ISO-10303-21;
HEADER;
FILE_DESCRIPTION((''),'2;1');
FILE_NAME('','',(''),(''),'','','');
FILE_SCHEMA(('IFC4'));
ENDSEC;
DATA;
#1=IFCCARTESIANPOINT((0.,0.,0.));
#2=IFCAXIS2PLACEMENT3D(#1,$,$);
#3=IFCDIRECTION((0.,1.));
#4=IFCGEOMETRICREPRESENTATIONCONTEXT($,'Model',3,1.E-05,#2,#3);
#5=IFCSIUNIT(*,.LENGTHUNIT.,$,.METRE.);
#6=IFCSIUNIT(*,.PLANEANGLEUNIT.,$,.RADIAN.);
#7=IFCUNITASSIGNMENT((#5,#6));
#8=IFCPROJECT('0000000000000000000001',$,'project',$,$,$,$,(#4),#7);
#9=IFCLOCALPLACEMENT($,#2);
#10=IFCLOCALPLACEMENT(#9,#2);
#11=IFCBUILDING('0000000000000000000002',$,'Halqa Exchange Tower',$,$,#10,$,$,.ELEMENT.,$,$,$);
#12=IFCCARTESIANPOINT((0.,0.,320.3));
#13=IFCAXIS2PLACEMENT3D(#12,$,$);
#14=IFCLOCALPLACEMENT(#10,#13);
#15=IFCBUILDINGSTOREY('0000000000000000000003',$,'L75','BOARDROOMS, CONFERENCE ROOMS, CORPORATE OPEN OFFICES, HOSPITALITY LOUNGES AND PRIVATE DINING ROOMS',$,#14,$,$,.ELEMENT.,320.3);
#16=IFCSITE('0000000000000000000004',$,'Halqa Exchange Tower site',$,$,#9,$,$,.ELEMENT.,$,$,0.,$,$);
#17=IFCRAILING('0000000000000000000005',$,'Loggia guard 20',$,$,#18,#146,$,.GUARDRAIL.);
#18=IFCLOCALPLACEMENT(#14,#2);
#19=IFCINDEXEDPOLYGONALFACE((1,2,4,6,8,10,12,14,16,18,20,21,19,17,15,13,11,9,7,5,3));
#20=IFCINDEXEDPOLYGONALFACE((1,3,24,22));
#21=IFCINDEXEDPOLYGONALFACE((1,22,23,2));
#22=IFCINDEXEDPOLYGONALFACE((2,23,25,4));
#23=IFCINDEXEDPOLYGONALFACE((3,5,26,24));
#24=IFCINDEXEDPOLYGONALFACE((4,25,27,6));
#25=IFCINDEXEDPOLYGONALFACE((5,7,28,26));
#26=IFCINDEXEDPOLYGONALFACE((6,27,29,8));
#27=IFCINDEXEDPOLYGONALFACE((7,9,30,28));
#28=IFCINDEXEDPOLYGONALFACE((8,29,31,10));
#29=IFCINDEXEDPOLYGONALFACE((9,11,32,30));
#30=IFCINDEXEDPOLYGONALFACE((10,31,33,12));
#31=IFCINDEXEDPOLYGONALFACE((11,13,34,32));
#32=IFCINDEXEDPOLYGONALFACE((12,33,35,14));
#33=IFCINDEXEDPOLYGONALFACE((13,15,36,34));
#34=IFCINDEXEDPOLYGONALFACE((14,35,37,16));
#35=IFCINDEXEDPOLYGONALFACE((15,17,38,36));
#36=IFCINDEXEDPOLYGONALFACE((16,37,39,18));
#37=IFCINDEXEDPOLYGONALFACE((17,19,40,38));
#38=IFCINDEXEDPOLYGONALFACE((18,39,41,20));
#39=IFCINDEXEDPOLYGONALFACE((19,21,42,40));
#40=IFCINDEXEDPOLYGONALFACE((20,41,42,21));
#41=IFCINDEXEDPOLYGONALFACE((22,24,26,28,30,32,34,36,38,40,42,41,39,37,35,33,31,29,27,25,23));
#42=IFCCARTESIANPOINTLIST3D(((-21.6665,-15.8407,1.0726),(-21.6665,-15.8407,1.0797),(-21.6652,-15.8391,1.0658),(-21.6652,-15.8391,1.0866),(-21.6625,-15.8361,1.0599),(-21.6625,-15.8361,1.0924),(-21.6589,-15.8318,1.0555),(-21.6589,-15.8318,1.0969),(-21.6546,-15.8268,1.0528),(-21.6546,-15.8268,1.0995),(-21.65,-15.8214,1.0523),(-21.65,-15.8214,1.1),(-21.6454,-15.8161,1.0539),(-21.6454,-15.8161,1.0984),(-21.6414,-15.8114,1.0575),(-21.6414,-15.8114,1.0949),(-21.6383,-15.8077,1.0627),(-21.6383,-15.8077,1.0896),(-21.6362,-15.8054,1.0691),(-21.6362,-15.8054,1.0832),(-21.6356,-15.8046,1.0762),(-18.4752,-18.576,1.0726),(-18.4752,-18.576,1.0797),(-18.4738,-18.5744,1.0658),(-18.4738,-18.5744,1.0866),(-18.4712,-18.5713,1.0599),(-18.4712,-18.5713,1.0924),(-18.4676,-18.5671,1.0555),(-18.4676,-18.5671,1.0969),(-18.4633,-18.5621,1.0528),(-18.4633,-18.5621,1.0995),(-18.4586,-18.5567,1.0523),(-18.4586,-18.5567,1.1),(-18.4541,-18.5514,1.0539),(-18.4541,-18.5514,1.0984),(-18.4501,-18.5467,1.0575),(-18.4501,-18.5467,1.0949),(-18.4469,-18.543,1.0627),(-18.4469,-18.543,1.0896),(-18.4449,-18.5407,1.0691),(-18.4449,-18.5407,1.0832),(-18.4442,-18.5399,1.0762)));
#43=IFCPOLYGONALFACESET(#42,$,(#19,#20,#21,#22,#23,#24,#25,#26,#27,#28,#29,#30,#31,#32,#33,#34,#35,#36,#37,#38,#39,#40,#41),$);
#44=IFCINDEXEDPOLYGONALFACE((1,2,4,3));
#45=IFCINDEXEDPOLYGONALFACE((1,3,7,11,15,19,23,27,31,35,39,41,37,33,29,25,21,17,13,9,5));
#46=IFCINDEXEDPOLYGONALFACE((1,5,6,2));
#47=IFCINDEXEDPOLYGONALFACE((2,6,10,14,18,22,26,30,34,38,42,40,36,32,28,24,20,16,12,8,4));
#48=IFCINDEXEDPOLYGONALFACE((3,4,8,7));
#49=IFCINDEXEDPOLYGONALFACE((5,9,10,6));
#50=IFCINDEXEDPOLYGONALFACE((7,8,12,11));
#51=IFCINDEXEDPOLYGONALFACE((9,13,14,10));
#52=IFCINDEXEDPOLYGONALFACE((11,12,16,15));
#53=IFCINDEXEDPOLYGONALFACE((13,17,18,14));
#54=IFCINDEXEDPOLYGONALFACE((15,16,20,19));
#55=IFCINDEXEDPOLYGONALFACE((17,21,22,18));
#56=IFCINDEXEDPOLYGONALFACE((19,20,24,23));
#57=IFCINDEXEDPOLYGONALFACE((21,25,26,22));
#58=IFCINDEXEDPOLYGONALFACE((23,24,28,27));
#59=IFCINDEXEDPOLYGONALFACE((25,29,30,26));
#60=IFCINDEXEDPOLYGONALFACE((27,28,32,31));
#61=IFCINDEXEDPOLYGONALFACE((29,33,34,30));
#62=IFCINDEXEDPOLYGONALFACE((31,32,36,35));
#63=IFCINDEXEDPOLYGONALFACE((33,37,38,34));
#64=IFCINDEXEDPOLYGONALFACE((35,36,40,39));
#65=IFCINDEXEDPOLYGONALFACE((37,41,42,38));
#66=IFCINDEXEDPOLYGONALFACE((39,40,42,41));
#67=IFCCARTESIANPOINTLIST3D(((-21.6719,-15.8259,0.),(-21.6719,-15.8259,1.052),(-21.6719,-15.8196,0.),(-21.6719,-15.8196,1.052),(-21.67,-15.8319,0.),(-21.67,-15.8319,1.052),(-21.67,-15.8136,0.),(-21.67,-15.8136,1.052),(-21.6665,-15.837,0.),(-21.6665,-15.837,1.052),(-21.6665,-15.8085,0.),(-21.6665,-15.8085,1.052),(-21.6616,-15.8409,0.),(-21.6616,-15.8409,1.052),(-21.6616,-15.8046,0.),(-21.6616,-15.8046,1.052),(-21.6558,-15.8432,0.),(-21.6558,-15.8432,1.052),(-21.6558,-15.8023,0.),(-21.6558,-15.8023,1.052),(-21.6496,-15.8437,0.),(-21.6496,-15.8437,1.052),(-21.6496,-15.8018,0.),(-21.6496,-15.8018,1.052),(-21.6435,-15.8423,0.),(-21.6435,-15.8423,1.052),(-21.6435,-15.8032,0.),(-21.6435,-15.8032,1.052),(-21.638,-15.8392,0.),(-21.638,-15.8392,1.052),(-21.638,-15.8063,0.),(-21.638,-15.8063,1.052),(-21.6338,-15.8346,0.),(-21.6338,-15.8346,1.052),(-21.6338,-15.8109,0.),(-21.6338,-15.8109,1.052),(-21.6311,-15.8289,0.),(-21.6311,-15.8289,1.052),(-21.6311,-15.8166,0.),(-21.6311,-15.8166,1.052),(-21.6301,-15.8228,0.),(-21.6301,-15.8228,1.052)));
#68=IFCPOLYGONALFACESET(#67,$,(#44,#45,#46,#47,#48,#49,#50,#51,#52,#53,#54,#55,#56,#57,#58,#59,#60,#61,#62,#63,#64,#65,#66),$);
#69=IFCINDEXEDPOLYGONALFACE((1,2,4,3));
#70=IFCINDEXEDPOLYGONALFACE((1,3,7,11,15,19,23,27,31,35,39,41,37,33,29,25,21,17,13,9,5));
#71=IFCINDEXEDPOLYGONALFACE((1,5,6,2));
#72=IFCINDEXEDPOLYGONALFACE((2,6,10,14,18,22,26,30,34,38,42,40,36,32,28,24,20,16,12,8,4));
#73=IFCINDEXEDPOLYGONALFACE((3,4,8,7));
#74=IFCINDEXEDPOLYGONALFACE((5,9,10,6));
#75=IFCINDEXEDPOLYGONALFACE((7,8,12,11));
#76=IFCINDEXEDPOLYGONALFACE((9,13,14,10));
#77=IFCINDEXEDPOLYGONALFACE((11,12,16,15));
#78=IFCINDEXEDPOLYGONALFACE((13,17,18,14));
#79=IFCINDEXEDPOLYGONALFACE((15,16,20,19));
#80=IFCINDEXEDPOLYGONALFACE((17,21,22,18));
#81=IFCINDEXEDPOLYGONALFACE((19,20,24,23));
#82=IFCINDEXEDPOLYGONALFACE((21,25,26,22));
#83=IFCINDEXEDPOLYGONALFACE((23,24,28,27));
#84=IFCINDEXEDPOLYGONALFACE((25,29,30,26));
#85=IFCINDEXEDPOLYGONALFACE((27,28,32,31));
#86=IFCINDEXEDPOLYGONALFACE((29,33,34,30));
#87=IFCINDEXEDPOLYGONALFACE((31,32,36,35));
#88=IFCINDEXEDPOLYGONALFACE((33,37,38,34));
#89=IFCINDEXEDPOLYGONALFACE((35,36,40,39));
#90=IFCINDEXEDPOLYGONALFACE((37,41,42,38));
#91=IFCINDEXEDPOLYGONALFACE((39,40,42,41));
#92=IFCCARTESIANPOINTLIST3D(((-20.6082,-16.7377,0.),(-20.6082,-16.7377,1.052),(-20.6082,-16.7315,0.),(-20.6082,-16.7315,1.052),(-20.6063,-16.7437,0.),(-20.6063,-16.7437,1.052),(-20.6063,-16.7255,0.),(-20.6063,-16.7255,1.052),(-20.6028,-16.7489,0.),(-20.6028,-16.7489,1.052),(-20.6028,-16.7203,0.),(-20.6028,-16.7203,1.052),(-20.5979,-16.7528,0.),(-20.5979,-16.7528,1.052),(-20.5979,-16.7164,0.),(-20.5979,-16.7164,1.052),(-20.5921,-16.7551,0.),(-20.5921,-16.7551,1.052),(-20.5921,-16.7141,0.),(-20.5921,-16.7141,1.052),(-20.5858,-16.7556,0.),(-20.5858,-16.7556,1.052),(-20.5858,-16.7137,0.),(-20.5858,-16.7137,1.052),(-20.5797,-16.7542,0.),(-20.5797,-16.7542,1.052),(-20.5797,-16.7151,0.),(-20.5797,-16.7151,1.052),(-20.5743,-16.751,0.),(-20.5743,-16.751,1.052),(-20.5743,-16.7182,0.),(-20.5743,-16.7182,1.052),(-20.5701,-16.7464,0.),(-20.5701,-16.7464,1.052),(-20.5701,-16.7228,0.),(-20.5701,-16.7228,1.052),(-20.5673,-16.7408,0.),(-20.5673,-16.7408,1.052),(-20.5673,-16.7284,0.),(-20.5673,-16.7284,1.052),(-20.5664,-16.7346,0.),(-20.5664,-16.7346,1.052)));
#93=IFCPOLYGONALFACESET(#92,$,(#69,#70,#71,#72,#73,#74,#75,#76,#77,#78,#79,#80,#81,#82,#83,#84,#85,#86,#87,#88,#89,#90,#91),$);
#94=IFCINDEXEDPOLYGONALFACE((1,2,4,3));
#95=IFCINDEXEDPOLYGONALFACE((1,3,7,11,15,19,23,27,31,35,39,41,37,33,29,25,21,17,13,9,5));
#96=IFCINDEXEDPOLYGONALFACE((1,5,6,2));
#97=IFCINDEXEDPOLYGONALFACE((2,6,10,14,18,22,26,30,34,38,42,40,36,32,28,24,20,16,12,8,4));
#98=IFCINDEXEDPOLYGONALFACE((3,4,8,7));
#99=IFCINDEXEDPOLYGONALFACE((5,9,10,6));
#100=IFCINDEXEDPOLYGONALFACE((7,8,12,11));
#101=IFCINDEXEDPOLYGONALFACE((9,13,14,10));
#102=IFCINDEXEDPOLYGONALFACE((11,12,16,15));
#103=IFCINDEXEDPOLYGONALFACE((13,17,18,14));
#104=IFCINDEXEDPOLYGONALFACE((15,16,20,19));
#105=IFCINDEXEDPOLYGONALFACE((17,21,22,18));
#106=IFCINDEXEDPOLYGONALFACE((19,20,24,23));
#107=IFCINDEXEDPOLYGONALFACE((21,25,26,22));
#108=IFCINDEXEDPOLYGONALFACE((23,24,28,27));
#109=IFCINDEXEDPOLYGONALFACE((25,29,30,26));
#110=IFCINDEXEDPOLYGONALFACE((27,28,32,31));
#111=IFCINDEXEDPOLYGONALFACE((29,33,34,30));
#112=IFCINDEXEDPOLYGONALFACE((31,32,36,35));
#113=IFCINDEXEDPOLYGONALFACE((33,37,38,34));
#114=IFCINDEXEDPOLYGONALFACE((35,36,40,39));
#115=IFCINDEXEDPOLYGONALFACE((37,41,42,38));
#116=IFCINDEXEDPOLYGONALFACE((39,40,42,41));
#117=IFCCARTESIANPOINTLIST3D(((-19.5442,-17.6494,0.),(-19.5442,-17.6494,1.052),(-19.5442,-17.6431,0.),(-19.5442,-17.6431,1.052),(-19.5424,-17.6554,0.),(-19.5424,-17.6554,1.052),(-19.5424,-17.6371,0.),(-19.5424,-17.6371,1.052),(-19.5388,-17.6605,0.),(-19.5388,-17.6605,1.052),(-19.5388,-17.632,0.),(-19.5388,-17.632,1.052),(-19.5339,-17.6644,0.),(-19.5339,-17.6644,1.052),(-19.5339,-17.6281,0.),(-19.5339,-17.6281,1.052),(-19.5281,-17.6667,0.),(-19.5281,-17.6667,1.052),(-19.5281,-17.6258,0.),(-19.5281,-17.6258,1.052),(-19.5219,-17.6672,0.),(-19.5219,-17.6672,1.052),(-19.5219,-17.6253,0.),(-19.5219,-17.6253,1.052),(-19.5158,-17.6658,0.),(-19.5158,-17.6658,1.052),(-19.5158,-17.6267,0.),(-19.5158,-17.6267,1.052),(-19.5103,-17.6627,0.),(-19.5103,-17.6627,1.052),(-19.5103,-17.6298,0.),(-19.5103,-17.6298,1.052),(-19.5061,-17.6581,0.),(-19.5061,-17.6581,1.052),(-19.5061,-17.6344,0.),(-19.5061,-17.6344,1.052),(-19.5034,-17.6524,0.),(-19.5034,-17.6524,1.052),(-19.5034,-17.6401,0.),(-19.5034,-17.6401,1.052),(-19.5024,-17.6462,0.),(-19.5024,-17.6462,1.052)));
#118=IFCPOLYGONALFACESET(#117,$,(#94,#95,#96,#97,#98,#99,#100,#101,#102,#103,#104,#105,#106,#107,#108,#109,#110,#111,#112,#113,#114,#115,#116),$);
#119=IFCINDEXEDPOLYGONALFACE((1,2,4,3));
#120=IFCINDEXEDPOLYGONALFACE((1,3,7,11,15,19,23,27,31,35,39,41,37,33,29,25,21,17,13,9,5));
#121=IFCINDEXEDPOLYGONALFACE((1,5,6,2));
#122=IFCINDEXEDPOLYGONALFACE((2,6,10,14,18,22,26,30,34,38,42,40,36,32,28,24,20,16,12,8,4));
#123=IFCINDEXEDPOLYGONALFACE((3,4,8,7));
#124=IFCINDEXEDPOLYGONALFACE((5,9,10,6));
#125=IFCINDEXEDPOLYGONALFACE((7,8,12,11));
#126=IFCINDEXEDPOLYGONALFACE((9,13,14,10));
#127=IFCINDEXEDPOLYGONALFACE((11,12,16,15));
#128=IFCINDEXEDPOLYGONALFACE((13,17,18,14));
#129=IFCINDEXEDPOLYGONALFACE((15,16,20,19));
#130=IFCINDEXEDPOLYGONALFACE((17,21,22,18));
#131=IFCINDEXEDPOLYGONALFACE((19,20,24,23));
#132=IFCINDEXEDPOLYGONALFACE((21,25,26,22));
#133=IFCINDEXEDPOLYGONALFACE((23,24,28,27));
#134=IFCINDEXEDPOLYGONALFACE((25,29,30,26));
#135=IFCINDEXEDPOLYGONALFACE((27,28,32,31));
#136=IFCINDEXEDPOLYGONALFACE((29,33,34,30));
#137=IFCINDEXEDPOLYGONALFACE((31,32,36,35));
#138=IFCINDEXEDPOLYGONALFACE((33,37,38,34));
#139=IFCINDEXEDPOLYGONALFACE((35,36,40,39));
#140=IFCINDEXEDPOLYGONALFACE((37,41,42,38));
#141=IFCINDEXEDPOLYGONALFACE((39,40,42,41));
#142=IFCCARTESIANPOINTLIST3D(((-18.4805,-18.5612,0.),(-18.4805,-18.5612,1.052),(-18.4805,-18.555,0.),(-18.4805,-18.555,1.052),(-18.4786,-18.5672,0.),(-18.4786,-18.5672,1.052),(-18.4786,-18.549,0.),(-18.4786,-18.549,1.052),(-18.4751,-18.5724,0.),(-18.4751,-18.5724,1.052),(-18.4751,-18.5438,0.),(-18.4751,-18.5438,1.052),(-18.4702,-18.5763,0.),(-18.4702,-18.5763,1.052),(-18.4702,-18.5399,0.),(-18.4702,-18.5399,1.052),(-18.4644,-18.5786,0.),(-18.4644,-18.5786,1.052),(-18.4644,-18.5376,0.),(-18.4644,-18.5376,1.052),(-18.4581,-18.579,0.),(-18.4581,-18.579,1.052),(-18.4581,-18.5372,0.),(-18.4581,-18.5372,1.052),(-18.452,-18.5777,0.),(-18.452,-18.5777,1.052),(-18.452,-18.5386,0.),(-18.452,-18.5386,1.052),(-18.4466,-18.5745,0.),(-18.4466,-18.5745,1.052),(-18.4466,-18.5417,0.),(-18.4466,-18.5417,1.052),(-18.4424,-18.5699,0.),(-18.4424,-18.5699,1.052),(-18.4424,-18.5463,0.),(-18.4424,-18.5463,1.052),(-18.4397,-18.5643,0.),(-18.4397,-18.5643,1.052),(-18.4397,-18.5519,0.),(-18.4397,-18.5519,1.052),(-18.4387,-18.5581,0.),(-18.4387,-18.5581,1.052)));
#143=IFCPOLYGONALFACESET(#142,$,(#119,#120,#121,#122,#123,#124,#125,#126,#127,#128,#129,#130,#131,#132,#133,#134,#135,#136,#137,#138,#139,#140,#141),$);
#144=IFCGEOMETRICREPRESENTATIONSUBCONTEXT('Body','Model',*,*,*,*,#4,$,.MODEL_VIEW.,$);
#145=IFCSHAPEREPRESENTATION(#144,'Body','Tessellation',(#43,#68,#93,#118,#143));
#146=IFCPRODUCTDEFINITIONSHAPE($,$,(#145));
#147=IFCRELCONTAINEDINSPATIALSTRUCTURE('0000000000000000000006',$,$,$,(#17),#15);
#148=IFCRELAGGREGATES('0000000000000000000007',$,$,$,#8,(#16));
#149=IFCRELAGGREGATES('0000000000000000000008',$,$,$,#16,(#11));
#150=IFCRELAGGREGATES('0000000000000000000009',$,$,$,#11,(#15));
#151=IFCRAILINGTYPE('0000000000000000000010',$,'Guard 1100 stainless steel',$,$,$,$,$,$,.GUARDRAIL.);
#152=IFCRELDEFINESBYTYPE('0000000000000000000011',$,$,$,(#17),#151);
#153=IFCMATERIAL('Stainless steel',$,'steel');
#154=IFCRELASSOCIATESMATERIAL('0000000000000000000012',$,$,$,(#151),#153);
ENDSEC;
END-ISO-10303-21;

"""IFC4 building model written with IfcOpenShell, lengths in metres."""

from ifc_helpers import new_model, si_unit, direction, frame, origin, origin_2d, place, context, subcontext, project, spatial, circle, extrude, material, type_object, element, save


model = new_model("IFC4")

# Units and contexts
model_context = context("Model", 3, precision=1e-05, world=origin(), true_north=direction((0.0, 1.0)))
body_context = subcontext(model_context, "Body", "Model", "MODEL_VIEW")
ifc_project = project(units=[si_unit("LENGTHUNIT", "METRE"), si_unit("PLANEANGLEUNIT", "RADIAN")], contexts=[model_context])

# Site, building, storey
site_placement = place(None, origin())
site = spatial("IfcSite", under=ifc_project, at=site_placement, Name="Halqa Exchange Tower site", CompositionType="ELEMENT", RefElevation=0.0)
building_placement = place(site_placement, origin())
building = spatial("IfcBuilding", under=site, at=building_placement, Name="Halqa Exchange Tower", CompositionType="ELEMENT")
storey_placement = place(building_placement, frame((0.0, 0.0, 320.3)))
storey = spatial("IfcBuildingStorey", under=building, at=storey_placement, Name="L75", Description="BOARDROOMS, CONFERENCE ROOMS, CORPORATE OPEN OFFICES, HOSPITALITY LOUNGES AND PRIVATE DINING ROOMS", CompositionType="ELEMENT", Elevation=320.3)

# Railing
ifc_material_1 = material(Name="Stainless steel", Category="steel")
railing_type = type_object("IfcRailingType", Name="Guard 1100 stainless steel", PredefinedType="GUARDRAIL", material=ifc_material_1)
railing_1_placement = place(storey_placement, frame((-21.6511, -15.8228, 0.0)))
element("IfcRailing", 1, at=railing_1_placement, inside=storey, type_object=railing_type, Name="Loggia guard 20", PredefinedType="GUARDRAIL", context=body_context, shape_type="SweptSolid", body=[
    extrude(circle(Radius=0.0239, at=origin_2d()), frame((0.0, 0.0, 1.0762), z_axis=(0.759273, -0.650772, 0.0), x_axis=(0.650772, 0.759273, 0.0)), (0.0, 0.0, 1.0), 4.2031),
    extrude(circle(Radius=0.021, at=origin_2d()), origin(), (0.0, 0.0, 1.0), 1.052),
    extrude(circle(Radius=0.021, at=origin_2d()), frame((1.0637, -0.9119, 0.0)), (0.0, 0.0, 1.0), 1.052),
    extrude(circle(Radius=0.021, at=origin_2d()), frame((2.1277, -1.8235, 0.0)), (0.0, 0.0, 1.0), 1.052),
    extrude(circle(Radius=0.021, at=origin_2d()), frame((3.1914, -2.7354, 0.0)), (0.0, 0.0, 1.0), 1.052),
])

save(model, "model.ifc")
